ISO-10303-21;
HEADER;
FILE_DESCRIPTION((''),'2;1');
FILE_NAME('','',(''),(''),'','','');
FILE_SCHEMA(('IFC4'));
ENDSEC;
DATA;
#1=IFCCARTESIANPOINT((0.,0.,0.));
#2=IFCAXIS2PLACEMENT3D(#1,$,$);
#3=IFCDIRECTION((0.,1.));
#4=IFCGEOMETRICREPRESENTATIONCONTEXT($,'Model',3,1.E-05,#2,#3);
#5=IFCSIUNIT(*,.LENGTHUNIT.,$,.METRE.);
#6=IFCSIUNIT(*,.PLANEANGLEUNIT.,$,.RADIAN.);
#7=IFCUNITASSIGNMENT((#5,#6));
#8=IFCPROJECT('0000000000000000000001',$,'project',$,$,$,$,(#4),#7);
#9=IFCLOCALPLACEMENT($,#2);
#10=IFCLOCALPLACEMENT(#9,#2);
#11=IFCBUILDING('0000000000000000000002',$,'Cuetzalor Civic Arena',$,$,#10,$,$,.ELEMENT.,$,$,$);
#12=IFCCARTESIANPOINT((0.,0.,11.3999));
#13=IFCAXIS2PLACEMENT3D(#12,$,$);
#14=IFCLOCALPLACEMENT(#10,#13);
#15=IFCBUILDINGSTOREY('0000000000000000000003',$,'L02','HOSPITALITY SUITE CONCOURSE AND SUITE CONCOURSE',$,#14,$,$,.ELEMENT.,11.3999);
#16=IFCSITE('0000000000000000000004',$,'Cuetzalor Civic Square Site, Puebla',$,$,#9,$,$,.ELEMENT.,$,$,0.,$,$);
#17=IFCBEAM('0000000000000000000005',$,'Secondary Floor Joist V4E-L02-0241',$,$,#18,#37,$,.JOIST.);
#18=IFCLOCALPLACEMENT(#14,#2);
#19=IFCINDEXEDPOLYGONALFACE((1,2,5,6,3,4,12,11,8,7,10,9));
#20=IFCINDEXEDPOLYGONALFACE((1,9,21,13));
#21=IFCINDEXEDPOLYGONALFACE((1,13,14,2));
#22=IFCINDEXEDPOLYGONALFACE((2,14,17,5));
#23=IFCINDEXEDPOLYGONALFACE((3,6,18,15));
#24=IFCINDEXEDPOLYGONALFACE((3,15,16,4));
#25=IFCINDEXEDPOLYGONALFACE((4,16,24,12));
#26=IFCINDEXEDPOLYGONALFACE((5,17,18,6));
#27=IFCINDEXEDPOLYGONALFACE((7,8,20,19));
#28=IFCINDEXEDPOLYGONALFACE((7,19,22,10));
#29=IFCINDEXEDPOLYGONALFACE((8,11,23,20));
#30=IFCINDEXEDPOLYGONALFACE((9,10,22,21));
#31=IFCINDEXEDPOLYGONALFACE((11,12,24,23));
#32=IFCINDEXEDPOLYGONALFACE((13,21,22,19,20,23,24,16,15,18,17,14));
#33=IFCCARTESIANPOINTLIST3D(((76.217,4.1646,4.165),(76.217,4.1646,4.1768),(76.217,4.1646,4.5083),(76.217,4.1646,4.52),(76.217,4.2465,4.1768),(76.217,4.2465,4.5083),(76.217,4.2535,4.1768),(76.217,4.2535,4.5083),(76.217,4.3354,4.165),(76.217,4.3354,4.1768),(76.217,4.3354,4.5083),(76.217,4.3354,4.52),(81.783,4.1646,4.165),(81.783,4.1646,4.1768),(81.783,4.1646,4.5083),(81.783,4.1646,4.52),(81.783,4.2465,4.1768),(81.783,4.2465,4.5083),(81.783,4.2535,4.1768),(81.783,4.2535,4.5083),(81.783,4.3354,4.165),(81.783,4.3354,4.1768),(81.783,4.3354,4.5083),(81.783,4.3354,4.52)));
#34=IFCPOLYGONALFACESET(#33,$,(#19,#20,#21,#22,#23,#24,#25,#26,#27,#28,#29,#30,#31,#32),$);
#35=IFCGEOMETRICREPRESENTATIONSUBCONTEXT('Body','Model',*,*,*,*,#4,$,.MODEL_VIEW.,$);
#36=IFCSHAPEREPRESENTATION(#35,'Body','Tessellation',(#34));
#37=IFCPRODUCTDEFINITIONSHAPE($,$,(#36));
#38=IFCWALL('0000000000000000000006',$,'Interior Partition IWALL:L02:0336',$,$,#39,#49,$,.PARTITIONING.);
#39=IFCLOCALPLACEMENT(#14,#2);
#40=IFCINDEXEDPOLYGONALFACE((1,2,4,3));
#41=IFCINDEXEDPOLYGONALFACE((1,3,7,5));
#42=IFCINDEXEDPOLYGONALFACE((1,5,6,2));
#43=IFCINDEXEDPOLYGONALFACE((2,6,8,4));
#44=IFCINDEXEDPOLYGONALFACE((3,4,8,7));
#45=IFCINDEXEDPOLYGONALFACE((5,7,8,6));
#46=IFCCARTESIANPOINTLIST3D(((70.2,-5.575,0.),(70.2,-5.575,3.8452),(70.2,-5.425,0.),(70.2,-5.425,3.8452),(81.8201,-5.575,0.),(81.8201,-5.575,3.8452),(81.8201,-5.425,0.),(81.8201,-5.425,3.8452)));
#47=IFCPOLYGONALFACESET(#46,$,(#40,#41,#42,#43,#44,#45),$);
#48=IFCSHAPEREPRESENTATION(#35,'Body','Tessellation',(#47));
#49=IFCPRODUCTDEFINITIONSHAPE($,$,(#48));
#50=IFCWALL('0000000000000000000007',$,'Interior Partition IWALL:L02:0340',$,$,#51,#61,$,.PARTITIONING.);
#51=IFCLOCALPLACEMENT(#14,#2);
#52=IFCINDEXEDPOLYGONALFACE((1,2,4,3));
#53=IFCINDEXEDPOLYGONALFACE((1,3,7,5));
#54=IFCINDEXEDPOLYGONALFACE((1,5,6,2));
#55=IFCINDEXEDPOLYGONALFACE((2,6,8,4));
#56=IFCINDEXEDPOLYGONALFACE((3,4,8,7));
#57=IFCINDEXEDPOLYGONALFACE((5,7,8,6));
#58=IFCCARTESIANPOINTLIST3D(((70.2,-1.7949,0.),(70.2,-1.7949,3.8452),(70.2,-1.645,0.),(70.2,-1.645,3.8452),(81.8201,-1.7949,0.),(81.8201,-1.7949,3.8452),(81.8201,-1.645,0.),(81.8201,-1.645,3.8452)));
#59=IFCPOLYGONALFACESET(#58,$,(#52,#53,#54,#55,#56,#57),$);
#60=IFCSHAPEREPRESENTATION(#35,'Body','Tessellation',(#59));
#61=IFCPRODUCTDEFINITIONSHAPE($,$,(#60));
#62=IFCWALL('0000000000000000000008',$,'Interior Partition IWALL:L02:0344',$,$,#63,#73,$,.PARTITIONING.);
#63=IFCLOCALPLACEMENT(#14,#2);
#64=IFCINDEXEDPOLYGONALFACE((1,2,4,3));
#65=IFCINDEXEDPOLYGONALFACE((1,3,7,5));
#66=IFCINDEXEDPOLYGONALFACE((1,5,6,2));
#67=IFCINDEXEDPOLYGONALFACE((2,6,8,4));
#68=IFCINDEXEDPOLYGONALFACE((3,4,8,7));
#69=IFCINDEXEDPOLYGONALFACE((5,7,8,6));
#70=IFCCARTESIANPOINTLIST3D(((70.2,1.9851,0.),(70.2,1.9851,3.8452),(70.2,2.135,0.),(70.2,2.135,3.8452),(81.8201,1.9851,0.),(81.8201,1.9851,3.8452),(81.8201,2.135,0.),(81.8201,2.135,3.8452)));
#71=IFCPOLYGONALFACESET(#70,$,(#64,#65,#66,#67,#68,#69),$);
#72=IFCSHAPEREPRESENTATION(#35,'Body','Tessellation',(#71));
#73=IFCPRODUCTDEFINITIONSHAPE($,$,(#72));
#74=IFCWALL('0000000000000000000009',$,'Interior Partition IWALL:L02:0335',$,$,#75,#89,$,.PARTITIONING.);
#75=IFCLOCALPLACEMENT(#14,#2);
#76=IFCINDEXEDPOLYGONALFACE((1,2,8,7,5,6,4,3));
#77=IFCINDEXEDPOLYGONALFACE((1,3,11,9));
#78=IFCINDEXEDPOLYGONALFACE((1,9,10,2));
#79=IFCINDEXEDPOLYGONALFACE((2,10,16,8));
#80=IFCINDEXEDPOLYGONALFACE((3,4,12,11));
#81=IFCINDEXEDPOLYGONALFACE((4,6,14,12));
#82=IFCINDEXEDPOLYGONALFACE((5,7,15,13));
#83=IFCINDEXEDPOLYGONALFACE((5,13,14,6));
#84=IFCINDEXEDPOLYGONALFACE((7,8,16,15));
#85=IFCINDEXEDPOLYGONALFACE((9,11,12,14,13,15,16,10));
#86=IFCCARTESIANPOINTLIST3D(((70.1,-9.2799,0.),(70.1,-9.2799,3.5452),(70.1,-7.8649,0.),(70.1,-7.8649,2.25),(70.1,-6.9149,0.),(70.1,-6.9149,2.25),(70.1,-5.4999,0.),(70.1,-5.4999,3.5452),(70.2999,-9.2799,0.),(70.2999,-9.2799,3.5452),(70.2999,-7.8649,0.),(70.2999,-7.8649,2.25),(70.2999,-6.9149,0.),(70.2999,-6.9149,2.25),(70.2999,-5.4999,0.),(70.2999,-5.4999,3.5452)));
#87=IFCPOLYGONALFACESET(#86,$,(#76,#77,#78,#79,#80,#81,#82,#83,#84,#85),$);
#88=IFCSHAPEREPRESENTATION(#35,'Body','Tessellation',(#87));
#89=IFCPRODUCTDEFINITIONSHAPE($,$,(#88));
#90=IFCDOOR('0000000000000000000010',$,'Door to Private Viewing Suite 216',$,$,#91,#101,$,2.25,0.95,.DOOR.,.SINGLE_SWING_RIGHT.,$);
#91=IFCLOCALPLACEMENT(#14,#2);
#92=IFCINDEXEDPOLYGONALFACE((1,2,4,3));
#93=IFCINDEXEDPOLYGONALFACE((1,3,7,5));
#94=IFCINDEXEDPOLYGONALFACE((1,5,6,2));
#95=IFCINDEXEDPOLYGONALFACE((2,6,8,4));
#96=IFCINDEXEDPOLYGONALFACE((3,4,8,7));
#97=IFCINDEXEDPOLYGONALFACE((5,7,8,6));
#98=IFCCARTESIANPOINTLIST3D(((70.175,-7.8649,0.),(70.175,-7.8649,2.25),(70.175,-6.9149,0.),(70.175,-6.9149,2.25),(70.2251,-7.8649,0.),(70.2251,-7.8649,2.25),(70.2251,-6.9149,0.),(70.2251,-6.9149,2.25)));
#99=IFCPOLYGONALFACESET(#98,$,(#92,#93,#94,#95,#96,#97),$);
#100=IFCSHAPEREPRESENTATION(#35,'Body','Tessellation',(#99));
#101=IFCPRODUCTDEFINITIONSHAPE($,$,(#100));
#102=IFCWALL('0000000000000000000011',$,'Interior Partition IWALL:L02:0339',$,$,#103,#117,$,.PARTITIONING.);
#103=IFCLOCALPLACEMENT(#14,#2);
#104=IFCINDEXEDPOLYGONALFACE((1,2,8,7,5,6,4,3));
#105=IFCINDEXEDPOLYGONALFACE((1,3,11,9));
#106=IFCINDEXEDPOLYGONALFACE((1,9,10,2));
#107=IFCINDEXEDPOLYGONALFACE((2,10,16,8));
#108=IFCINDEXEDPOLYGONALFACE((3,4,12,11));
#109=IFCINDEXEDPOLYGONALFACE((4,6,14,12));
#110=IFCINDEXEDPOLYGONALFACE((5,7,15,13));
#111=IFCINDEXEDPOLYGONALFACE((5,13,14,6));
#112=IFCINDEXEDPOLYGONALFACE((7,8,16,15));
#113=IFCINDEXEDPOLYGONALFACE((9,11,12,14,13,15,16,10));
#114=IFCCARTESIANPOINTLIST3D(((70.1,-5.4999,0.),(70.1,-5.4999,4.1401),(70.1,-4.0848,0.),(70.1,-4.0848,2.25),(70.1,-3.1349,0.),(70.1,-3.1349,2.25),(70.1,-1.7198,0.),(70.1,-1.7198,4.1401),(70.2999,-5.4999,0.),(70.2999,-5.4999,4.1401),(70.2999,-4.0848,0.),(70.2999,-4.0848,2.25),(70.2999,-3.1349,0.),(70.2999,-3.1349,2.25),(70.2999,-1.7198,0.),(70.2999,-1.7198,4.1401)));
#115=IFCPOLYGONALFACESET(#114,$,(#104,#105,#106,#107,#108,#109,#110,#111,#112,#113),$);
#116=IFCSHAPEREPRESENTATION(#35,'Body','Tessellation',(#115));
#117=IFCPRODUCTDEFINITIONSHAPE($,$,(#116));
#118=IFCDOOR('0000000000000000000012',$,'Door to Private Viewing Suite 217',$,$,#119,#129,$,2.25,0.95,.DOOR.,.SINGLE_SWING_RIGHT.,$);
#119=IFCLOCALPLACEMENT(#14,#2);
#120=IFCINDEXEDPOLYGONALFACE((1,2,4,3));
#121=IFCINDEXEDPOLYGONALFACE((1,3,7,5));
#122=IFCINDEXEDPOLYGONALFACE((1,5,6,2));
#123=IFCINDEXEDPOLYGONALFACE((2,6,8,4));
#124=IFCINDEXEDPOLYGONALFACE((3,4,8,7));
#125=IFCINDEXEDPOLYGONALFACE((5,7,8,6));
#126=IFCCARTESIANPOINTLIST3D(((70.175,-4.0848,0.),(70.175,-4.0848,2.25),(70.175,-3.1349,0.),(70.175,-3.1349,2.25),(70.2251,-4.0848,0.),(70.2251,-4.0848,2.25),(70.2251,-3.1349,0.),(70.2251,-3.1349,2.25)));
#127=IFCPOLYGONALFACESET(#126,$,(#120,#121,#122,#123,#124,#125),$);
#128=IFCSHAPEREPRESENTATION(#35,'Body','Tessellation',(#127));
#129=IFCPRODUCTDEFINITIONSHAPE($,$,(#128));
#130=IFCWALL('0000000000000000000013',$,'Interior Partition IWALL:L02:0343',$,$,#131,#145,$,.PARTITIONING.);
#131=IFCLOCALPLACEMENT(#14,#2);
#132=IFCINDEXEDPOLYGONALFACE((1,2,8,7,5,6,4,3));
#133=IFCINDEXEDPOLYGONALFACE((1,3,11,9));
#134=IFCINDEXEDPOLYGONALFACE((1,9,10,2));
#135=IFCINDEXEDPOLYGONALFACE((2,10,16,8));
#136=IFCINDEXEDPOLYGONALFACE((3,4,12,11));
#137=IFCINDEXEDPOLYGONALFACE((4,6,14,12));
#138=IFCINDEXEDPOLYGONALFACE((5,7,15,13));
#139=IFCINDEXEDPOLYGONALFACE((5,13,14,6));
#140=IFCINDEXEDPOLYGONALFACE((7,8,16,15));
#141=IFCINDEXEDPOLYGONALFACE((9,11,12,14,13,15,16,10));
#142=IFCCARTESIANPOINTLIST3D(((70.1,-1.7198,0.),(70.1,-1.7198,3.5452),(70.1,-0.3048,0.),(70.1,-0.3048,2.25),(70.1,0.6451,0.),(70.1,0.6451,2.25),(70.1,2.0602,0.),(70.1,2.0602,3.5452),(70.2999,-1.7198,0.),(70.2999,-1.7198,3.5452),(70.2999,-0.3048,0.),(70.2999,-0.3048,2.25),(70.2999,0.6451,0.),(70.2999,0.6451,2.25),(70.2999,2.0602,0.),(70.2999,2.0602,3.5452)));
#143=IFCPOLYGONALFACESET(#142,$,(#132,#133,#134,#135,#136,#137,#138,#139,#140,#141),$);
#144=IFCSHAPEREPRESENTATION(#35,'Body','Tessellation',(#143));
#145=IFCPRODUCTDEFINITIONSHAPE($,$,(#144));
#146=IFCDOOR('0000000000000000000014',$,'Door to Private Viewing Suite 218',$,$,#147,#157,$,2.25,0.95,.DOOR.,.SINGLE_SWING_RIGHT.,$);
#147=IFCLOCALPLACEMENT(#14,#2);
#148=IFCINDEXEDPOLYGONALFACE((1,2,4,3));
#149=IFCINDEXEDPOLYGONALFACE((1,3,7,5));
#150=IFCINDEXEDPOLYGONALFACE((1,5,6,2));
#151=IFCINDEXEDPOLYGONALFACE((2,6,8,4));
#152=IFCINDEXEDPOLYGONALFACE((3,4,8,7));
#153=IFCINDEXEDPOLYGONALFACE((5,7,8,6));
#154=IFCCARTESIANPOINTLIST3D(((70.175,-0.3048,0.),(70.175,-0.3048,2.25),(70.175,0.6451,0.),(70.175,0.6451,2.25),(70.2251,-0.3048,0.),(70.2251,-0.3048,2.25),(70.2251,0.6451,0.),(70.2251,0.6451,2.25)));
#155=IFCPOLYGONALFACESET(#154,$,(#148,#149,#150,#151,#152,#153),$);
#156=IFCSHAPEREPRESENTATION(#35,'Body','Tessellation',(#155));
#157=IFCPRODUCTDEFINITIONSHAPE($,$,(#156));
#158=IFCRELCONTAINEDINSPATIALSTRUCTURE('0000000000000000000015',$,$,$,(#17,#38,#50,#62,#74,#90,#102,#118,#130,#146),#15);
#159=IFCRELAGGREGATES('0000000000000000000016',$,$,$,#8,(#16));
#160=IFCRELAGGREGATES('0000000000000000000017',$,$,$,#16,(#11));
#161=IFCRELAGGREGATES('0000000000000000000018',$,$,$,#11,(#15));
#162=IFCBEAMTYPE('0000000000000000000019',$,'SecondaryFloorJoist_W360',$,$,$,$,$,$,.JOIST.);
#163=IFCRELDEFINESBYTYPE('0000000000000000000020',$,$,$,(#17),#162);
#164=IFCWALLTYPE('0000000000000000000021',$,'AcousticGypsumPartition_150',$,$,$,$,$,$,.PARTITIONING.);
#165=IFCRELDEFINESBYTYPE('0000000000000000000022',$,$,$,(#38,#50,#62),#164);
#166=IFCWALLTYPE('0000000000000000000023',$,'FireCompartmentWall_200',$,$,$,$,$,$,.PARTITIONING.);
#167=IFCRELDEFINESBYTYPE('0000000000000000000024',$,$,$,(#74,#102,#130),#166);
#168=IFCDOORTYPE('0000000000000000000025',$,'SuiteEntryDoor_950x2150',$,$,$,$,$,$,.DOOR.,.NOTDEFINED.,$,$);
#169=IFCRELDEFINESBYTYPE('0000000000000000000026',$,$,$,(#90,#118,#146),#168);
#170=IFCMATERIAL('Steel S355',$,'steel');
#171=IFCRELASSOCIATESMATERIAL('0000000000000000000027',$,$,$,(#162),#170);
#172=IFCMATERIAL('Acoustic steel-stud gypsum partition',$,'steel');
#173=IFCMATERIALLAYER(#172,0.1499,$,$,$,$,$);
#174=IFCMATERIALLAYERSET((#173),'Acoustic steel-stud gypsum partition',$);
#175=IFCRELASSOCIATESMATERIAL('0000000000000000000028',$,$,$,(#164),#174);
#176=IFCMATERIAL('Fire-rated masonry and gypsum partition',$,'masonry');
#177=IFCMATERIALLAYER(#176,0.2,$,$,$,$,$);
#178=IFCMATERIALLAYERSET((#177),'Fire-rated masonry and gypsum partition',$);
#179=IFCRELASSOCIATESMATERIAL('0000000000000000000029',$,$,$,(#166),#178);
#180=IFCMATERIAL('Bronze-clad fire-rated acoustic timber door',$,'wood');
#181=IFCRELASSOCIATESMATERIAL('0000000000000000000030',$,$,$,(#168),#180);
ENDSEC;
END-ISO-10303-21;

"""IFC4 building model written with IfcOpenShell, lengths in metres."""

from ifc_helpers import new_model, si_unit, direction, frame, frame_2d, origin, origin_2d, place, context, subcontext, project, spatial, rectangle, i_section, extrude, material, layer, layer_set, material_profile, profile_set, type_object, element, fill, save


model = new_model("IFC4")

# Units and contexts
model_context = context("Model", 3, precision=1e-05, world=origin(), true_north=direction((0.0, 1.0)))
body_context = subcontext(model_context, "Body", "Model", "MODEL_VIEW")
ifc_project = project(units=[si_unit("LENGTHUNIT", "METRE"), si_unit("PLANEANGLEUNIT", "RADIAN")], contexts=[model_context])

# Site, building, storey
site_placement = place(None, origin())
site = spatial("IfcSite", under=ifc_project, at=site_placement, Name="Cuetzalor Civic Square Site, Puebla", CompositionType="ELEMENT", RefElevation=0.0)
building_placement = place(site_placement, origin())
building = spatial("IfcBuilding", under=site, at=building_placement, Name="Cuetzalor Civic Arena", CompositionType="ELEMENT")
storey_placement = place(building_placement, frame((0.0, 0.0, 11.3999)))
storey = spatial("IfcBuildingStorey", under=building, at=storey_placement, Name="L02", Description="HOSPITALITY SUITE CONCOURSE AND SUITE CONCOURSE", CompositionType="ELEMENT", Elevation=11.3999)

# Beam
ifc_material_1 = material(Name="Steel S355", Category="steel")
ifc_material_profile_1 = material_profile(ifc_material_1, i_section(OverallWidth=0.1709, OverallDepth=0.355, WebThickness=0.0071, FlangeThickness=0.0117, at=origin_2d()), Name="W360x51")
ifc_profile_set_1 = profile_set([ifc_material_profile_1], Name="Steel S355")
beam_type_1 = type_object("IfcBeamType", Name="SecondaryFloorJoist_W360", PredefinedType="JOIST", material=ifc_profile_set_1)
for number, where, z_axis, x_axis, name in (
    (1, (76.217, 4.25, 4.3425), (1.0, 0.0, 0.0), (0.0, 1.0, 0.0), "Secondary Floor Joist V4E-L02-0241"),
):
    element("IfcBeam", number, at=place(storey_placement, frame(where, z_axis=z_axis, x_axis=x_axis)), inside=storey, type_object=beam_type_1, Name=name, PredefinedType="JOIST", context=body_context, shape_type="SweptSolid", body=[
        extrude(i_section(OverallWidth=0.1709, OverallDepth=0.355, WebThickness=0.0071, FlangeThickness=0.0117, at=origin_2d()), origin(), (0.0, 0.0, 1.0), 5.5659),
    ])

# Walls
ifc_material_2 = material(Name="Acoustic steel-stud gypsum partition", Category="steel")
ifc_layer_1 = layer(ifc_material_2, 0.1499)
ifc_layer_set_1 = layer_set([ifc_layer_1], Name="Acoustic steel-stud gypsum partition")
wall_type_1 = type_object("IfcWallType", Name="AcousticGypsumPartition_150", PredefinedType="PARTITIONING", material=ifc_layer_set_1)
for number, where, z_axis, x_axis, name in (
    (2, (70.2, -5.5, 0.0), (0.0, 0.0, 1.0), (1.0, 0.0, 0.0), "Interior Partition IWALL:L02:0336"),
    (3, (70.2, -1.72, 0.0), (0.0, 0.0, 1.0), (1.0, 0.0, 0.0), "Interior Partition IWALL:L02:0340"),
    (4, (70.2, 2.0601, 0.0), (0.0, 0.0, 1.0), (1.0, 0.0, 0.0), "Interior Partition IWALL:L02:0344"),
):
    element("IfcWall", number, at=place(storey_placement, frame(where, z_axis=z_axis, x_axis=x_axis)), inside=storey, type_object=wall_type_1, Name=name, PredefinedType="PARTITIONING", context=body_context, shape_type="SweptSolid", body=[
        extrude(rectangle(XDim=11.6201, YDim=0.1499, at=frame_2d((5.8101, 0.0))), origin(), (0.0, 0.0, 1.0), 3.8452),
    ])

# Walls, openings, doors
ifc_material_3 = material(Name="Fire-rated masonry and gypsum partition", Category="masonry")
ifc_layer_2 = layer(ifc_material_3, 0.2)
ifc_layer_set_2 = layer_set([ifc_layer_2], Name="Fire-rated masonry and gypsum partition")
wall_type_2 = type_object("IfcWallType", Name="FireCompartmentWall_200", PredefinedType="PARTITIONING", material=ifc_layer_set_2)
wall_1_placement = place(storey_placement, frame((70.2, -9.28, 0.0), z_axis=(0.0, 0.0, 1.0), x_axis=(0.0, 1.0, 0.0)))
wall_1 = element("IfcWall", 5, at=wall_1_placement, inside=storey, type_object=wall_type_2, Name="Interior Partition IWALL:L02:0335", PredefinedType="PARTITIONING", context=body_context, shape_type="SweptSolid", body=[
    extrude(rectangle(XDim=3.78, YDim=0.2, at=frame_2d((1.8901, 0.0))), origin(), (0.0, 0.0, 1.0), 3.5452),
])
opening_1_placement = place(wall_1_placement, frame((1.415, 0.0, 0.0)))
opening_1 = element("IfcOpeningElement", 6, at=opening_1_placement, cuts=wall_1, PredefinedType="OPENING", context=body_context, shape_type="SweptSolid", body=[
    extrude(rectangle(XDim=0.95, YDim=2.25, at=frame_2d((0.4751, 1.125))), frame((0.0, 0.1099, 0.0), z_axis=(0.0, -1.0, 0.0), x_axis=(1.0, 0.0, 0.0)), (0.0, 0.0, 1.0), 0.22),
])
ifc_material_4 = material(Name="Bronze-clad fire-rated acoustic timber door", Category="wood")
door_type = type_object("IfcDoorType", Name="SuiteEntryDoor_950x2150", OperationType="NOTDEFINED", PredefinedType="DOOR", material=ifc_material_4)
door_1_placement = place(opening_1_placement, origin())
door_1 = element("IfcDoor", 7, at=door_1_placement, inside=storey, type_object=door_type, Name="Door to Private Viewing Suite 216", OperationType="SINGLE_SWING_RIGHT", OverallHeight=2.25, OverallWidth=0.95, PredefinedType="DOOR", context=body_context, shape_type="SweptSolid", body=[
    extrude(rectangle(XDim=0.95, YDim=2.25, at=frame_2d((0.4751, 1.125))), frame((0.0, 0.0249, 0.0), z_axis=(0.0, -1.0, 0.0), x_axis=(1.0, 0.0, 0.0)), (0.0, 0.0, 1.0), 0.05),
])
fill(opening_1, door_1)
wall_2_placement = place(storey_placement, frame((70.2, -5.5, 0.0), z_axis=(0.0, 0.0, 1.0), x_axis=(0.0, 1.0, 0.0)))
wall_2 = element("IfcWall", 8, at=wall_2_placement, inside=storey, type_object=wall_type_2, Name="Interior Partition IWALL:L02:0339", PredefinedType="PARTITIONING", context=body_context, shape_type="SweptSolid", body=[
    extrude(rectangle(XDim=3.78, YDim=0.2, at=frame_2d((1.8901, 0.0))), origin(), (0.0, 0.0, 1.0), 4.1401),
])
opening_2_placement = place(wall_2_placement, frame((1.415, 0.0, 0.0)))
opening_2 = element("IfcOpeningElement", 9, at=opening_2_placement, cuts=wall_2, PredefinedType="OPENING", context=body_context, shape_type="SweptSolid", body=[
    extrude(rectangle(XDim=0.95, YDim=2.25, at=frame_2d((0.4751, 1.125))), frame((0.0, 0.1099, 0.0), z_axis=(0.0, -1.0, 0.0), x_axis=(1.0, 0.0, 0.0)), (0.0, 0.0, 1.0), 0.22),
])
door_2_placement = place(opening_2_placement, origin())
door_2 = element("IfcDoor", 10, at=door_2_placement, inside=storey, type_object=door_type, Name="Door to Private Viewing Suite 217", OperationType="SINGLE_SWING_RIGHT", OverallHeight=2.25, OverallWidth=0.95, PredefinedType="DOOR", context=body_context, shape_type="SweptSolid", body=[
    extrude(rectangle(XDim=0.95, YDim=2.25, at=frame_2d((0.4751, 1.125))), frame((0.0, 0.0249, 0.0), z_axis=(0.0, -1.0, 0.0), x_axis=(1.0, 0.0, 0.0)), (0.0, 0.0, 1.0), 0.05),
])
fill(opening_2, door_2)
wall_3_placement = place(storey_placement, frame((70.2, -1.72, 0.0), z_axis=(0.0, 0.0, 1.0), x_axis=(0.0, 1.0, 0.0)))
wall_3 = element("IfcWall", 11, at=wall_3_placement, inside=storey, type_object=wall_type_2, Name="Interior Partition IWALL:L02:0343", PredefinedType="PARTITIONING", context=body_context, shape_type="SweptSolid", body=[
    extrude(rectangle(XDim=3.78, YDim=0.2, at=frame_2d((1.8901, 0.0))), origin(), (0.0, 0.0, 1.0), 3.5452),
])
opening_3_placement = place(wall_3_placement, frame((1.415, 0.0, 0.0)))
opening_3 = element("IfcOpeningElement", 12, at=opening_3_placement, cuts=wall_3, PredefinedType="OPENING", context=body_context, shape_type="SweptSolid", body=[
    extrude(rectangle(XDim=0.95, YDim=2.25, at=frame_2d((0.4751, 1.125))), frame((0.0, 0.1099, 0.0), z_axis=(0.0, -1.0, 0.0), x_axis=(1.0, 0.0, 0.0)), (0.0, 0.0, 1.0), 0.22),
])
door_3_placement = place(opening_3_placement, origin())
door_3 = element("IfcDoor", 13, at=door_3_placement, inside=storey, type_object=door_type, Name="Door to Private Viewing Suite 218", OperationType="SINGLE_SWING_RIGHT", OverallHeight=2.25, OverallWidth=0.95, PredefinedType="DOOR", context=body_context, shape_type="SweptSolid", body=[
    extrude(rectangle(XDim=0.95, YDim=2.25, at=frame_2d((0.4751, 1.125))), frame((0.0, 0.0249, 0.0), z_axis=(0.0, -1.0, 0.0), x_axis=(1.0, 0.0, 0.0)), (0.0, 0.0, 1.0), 0.05),
])
fill(opening_3, door_3)

save(model, "model.ifc")
